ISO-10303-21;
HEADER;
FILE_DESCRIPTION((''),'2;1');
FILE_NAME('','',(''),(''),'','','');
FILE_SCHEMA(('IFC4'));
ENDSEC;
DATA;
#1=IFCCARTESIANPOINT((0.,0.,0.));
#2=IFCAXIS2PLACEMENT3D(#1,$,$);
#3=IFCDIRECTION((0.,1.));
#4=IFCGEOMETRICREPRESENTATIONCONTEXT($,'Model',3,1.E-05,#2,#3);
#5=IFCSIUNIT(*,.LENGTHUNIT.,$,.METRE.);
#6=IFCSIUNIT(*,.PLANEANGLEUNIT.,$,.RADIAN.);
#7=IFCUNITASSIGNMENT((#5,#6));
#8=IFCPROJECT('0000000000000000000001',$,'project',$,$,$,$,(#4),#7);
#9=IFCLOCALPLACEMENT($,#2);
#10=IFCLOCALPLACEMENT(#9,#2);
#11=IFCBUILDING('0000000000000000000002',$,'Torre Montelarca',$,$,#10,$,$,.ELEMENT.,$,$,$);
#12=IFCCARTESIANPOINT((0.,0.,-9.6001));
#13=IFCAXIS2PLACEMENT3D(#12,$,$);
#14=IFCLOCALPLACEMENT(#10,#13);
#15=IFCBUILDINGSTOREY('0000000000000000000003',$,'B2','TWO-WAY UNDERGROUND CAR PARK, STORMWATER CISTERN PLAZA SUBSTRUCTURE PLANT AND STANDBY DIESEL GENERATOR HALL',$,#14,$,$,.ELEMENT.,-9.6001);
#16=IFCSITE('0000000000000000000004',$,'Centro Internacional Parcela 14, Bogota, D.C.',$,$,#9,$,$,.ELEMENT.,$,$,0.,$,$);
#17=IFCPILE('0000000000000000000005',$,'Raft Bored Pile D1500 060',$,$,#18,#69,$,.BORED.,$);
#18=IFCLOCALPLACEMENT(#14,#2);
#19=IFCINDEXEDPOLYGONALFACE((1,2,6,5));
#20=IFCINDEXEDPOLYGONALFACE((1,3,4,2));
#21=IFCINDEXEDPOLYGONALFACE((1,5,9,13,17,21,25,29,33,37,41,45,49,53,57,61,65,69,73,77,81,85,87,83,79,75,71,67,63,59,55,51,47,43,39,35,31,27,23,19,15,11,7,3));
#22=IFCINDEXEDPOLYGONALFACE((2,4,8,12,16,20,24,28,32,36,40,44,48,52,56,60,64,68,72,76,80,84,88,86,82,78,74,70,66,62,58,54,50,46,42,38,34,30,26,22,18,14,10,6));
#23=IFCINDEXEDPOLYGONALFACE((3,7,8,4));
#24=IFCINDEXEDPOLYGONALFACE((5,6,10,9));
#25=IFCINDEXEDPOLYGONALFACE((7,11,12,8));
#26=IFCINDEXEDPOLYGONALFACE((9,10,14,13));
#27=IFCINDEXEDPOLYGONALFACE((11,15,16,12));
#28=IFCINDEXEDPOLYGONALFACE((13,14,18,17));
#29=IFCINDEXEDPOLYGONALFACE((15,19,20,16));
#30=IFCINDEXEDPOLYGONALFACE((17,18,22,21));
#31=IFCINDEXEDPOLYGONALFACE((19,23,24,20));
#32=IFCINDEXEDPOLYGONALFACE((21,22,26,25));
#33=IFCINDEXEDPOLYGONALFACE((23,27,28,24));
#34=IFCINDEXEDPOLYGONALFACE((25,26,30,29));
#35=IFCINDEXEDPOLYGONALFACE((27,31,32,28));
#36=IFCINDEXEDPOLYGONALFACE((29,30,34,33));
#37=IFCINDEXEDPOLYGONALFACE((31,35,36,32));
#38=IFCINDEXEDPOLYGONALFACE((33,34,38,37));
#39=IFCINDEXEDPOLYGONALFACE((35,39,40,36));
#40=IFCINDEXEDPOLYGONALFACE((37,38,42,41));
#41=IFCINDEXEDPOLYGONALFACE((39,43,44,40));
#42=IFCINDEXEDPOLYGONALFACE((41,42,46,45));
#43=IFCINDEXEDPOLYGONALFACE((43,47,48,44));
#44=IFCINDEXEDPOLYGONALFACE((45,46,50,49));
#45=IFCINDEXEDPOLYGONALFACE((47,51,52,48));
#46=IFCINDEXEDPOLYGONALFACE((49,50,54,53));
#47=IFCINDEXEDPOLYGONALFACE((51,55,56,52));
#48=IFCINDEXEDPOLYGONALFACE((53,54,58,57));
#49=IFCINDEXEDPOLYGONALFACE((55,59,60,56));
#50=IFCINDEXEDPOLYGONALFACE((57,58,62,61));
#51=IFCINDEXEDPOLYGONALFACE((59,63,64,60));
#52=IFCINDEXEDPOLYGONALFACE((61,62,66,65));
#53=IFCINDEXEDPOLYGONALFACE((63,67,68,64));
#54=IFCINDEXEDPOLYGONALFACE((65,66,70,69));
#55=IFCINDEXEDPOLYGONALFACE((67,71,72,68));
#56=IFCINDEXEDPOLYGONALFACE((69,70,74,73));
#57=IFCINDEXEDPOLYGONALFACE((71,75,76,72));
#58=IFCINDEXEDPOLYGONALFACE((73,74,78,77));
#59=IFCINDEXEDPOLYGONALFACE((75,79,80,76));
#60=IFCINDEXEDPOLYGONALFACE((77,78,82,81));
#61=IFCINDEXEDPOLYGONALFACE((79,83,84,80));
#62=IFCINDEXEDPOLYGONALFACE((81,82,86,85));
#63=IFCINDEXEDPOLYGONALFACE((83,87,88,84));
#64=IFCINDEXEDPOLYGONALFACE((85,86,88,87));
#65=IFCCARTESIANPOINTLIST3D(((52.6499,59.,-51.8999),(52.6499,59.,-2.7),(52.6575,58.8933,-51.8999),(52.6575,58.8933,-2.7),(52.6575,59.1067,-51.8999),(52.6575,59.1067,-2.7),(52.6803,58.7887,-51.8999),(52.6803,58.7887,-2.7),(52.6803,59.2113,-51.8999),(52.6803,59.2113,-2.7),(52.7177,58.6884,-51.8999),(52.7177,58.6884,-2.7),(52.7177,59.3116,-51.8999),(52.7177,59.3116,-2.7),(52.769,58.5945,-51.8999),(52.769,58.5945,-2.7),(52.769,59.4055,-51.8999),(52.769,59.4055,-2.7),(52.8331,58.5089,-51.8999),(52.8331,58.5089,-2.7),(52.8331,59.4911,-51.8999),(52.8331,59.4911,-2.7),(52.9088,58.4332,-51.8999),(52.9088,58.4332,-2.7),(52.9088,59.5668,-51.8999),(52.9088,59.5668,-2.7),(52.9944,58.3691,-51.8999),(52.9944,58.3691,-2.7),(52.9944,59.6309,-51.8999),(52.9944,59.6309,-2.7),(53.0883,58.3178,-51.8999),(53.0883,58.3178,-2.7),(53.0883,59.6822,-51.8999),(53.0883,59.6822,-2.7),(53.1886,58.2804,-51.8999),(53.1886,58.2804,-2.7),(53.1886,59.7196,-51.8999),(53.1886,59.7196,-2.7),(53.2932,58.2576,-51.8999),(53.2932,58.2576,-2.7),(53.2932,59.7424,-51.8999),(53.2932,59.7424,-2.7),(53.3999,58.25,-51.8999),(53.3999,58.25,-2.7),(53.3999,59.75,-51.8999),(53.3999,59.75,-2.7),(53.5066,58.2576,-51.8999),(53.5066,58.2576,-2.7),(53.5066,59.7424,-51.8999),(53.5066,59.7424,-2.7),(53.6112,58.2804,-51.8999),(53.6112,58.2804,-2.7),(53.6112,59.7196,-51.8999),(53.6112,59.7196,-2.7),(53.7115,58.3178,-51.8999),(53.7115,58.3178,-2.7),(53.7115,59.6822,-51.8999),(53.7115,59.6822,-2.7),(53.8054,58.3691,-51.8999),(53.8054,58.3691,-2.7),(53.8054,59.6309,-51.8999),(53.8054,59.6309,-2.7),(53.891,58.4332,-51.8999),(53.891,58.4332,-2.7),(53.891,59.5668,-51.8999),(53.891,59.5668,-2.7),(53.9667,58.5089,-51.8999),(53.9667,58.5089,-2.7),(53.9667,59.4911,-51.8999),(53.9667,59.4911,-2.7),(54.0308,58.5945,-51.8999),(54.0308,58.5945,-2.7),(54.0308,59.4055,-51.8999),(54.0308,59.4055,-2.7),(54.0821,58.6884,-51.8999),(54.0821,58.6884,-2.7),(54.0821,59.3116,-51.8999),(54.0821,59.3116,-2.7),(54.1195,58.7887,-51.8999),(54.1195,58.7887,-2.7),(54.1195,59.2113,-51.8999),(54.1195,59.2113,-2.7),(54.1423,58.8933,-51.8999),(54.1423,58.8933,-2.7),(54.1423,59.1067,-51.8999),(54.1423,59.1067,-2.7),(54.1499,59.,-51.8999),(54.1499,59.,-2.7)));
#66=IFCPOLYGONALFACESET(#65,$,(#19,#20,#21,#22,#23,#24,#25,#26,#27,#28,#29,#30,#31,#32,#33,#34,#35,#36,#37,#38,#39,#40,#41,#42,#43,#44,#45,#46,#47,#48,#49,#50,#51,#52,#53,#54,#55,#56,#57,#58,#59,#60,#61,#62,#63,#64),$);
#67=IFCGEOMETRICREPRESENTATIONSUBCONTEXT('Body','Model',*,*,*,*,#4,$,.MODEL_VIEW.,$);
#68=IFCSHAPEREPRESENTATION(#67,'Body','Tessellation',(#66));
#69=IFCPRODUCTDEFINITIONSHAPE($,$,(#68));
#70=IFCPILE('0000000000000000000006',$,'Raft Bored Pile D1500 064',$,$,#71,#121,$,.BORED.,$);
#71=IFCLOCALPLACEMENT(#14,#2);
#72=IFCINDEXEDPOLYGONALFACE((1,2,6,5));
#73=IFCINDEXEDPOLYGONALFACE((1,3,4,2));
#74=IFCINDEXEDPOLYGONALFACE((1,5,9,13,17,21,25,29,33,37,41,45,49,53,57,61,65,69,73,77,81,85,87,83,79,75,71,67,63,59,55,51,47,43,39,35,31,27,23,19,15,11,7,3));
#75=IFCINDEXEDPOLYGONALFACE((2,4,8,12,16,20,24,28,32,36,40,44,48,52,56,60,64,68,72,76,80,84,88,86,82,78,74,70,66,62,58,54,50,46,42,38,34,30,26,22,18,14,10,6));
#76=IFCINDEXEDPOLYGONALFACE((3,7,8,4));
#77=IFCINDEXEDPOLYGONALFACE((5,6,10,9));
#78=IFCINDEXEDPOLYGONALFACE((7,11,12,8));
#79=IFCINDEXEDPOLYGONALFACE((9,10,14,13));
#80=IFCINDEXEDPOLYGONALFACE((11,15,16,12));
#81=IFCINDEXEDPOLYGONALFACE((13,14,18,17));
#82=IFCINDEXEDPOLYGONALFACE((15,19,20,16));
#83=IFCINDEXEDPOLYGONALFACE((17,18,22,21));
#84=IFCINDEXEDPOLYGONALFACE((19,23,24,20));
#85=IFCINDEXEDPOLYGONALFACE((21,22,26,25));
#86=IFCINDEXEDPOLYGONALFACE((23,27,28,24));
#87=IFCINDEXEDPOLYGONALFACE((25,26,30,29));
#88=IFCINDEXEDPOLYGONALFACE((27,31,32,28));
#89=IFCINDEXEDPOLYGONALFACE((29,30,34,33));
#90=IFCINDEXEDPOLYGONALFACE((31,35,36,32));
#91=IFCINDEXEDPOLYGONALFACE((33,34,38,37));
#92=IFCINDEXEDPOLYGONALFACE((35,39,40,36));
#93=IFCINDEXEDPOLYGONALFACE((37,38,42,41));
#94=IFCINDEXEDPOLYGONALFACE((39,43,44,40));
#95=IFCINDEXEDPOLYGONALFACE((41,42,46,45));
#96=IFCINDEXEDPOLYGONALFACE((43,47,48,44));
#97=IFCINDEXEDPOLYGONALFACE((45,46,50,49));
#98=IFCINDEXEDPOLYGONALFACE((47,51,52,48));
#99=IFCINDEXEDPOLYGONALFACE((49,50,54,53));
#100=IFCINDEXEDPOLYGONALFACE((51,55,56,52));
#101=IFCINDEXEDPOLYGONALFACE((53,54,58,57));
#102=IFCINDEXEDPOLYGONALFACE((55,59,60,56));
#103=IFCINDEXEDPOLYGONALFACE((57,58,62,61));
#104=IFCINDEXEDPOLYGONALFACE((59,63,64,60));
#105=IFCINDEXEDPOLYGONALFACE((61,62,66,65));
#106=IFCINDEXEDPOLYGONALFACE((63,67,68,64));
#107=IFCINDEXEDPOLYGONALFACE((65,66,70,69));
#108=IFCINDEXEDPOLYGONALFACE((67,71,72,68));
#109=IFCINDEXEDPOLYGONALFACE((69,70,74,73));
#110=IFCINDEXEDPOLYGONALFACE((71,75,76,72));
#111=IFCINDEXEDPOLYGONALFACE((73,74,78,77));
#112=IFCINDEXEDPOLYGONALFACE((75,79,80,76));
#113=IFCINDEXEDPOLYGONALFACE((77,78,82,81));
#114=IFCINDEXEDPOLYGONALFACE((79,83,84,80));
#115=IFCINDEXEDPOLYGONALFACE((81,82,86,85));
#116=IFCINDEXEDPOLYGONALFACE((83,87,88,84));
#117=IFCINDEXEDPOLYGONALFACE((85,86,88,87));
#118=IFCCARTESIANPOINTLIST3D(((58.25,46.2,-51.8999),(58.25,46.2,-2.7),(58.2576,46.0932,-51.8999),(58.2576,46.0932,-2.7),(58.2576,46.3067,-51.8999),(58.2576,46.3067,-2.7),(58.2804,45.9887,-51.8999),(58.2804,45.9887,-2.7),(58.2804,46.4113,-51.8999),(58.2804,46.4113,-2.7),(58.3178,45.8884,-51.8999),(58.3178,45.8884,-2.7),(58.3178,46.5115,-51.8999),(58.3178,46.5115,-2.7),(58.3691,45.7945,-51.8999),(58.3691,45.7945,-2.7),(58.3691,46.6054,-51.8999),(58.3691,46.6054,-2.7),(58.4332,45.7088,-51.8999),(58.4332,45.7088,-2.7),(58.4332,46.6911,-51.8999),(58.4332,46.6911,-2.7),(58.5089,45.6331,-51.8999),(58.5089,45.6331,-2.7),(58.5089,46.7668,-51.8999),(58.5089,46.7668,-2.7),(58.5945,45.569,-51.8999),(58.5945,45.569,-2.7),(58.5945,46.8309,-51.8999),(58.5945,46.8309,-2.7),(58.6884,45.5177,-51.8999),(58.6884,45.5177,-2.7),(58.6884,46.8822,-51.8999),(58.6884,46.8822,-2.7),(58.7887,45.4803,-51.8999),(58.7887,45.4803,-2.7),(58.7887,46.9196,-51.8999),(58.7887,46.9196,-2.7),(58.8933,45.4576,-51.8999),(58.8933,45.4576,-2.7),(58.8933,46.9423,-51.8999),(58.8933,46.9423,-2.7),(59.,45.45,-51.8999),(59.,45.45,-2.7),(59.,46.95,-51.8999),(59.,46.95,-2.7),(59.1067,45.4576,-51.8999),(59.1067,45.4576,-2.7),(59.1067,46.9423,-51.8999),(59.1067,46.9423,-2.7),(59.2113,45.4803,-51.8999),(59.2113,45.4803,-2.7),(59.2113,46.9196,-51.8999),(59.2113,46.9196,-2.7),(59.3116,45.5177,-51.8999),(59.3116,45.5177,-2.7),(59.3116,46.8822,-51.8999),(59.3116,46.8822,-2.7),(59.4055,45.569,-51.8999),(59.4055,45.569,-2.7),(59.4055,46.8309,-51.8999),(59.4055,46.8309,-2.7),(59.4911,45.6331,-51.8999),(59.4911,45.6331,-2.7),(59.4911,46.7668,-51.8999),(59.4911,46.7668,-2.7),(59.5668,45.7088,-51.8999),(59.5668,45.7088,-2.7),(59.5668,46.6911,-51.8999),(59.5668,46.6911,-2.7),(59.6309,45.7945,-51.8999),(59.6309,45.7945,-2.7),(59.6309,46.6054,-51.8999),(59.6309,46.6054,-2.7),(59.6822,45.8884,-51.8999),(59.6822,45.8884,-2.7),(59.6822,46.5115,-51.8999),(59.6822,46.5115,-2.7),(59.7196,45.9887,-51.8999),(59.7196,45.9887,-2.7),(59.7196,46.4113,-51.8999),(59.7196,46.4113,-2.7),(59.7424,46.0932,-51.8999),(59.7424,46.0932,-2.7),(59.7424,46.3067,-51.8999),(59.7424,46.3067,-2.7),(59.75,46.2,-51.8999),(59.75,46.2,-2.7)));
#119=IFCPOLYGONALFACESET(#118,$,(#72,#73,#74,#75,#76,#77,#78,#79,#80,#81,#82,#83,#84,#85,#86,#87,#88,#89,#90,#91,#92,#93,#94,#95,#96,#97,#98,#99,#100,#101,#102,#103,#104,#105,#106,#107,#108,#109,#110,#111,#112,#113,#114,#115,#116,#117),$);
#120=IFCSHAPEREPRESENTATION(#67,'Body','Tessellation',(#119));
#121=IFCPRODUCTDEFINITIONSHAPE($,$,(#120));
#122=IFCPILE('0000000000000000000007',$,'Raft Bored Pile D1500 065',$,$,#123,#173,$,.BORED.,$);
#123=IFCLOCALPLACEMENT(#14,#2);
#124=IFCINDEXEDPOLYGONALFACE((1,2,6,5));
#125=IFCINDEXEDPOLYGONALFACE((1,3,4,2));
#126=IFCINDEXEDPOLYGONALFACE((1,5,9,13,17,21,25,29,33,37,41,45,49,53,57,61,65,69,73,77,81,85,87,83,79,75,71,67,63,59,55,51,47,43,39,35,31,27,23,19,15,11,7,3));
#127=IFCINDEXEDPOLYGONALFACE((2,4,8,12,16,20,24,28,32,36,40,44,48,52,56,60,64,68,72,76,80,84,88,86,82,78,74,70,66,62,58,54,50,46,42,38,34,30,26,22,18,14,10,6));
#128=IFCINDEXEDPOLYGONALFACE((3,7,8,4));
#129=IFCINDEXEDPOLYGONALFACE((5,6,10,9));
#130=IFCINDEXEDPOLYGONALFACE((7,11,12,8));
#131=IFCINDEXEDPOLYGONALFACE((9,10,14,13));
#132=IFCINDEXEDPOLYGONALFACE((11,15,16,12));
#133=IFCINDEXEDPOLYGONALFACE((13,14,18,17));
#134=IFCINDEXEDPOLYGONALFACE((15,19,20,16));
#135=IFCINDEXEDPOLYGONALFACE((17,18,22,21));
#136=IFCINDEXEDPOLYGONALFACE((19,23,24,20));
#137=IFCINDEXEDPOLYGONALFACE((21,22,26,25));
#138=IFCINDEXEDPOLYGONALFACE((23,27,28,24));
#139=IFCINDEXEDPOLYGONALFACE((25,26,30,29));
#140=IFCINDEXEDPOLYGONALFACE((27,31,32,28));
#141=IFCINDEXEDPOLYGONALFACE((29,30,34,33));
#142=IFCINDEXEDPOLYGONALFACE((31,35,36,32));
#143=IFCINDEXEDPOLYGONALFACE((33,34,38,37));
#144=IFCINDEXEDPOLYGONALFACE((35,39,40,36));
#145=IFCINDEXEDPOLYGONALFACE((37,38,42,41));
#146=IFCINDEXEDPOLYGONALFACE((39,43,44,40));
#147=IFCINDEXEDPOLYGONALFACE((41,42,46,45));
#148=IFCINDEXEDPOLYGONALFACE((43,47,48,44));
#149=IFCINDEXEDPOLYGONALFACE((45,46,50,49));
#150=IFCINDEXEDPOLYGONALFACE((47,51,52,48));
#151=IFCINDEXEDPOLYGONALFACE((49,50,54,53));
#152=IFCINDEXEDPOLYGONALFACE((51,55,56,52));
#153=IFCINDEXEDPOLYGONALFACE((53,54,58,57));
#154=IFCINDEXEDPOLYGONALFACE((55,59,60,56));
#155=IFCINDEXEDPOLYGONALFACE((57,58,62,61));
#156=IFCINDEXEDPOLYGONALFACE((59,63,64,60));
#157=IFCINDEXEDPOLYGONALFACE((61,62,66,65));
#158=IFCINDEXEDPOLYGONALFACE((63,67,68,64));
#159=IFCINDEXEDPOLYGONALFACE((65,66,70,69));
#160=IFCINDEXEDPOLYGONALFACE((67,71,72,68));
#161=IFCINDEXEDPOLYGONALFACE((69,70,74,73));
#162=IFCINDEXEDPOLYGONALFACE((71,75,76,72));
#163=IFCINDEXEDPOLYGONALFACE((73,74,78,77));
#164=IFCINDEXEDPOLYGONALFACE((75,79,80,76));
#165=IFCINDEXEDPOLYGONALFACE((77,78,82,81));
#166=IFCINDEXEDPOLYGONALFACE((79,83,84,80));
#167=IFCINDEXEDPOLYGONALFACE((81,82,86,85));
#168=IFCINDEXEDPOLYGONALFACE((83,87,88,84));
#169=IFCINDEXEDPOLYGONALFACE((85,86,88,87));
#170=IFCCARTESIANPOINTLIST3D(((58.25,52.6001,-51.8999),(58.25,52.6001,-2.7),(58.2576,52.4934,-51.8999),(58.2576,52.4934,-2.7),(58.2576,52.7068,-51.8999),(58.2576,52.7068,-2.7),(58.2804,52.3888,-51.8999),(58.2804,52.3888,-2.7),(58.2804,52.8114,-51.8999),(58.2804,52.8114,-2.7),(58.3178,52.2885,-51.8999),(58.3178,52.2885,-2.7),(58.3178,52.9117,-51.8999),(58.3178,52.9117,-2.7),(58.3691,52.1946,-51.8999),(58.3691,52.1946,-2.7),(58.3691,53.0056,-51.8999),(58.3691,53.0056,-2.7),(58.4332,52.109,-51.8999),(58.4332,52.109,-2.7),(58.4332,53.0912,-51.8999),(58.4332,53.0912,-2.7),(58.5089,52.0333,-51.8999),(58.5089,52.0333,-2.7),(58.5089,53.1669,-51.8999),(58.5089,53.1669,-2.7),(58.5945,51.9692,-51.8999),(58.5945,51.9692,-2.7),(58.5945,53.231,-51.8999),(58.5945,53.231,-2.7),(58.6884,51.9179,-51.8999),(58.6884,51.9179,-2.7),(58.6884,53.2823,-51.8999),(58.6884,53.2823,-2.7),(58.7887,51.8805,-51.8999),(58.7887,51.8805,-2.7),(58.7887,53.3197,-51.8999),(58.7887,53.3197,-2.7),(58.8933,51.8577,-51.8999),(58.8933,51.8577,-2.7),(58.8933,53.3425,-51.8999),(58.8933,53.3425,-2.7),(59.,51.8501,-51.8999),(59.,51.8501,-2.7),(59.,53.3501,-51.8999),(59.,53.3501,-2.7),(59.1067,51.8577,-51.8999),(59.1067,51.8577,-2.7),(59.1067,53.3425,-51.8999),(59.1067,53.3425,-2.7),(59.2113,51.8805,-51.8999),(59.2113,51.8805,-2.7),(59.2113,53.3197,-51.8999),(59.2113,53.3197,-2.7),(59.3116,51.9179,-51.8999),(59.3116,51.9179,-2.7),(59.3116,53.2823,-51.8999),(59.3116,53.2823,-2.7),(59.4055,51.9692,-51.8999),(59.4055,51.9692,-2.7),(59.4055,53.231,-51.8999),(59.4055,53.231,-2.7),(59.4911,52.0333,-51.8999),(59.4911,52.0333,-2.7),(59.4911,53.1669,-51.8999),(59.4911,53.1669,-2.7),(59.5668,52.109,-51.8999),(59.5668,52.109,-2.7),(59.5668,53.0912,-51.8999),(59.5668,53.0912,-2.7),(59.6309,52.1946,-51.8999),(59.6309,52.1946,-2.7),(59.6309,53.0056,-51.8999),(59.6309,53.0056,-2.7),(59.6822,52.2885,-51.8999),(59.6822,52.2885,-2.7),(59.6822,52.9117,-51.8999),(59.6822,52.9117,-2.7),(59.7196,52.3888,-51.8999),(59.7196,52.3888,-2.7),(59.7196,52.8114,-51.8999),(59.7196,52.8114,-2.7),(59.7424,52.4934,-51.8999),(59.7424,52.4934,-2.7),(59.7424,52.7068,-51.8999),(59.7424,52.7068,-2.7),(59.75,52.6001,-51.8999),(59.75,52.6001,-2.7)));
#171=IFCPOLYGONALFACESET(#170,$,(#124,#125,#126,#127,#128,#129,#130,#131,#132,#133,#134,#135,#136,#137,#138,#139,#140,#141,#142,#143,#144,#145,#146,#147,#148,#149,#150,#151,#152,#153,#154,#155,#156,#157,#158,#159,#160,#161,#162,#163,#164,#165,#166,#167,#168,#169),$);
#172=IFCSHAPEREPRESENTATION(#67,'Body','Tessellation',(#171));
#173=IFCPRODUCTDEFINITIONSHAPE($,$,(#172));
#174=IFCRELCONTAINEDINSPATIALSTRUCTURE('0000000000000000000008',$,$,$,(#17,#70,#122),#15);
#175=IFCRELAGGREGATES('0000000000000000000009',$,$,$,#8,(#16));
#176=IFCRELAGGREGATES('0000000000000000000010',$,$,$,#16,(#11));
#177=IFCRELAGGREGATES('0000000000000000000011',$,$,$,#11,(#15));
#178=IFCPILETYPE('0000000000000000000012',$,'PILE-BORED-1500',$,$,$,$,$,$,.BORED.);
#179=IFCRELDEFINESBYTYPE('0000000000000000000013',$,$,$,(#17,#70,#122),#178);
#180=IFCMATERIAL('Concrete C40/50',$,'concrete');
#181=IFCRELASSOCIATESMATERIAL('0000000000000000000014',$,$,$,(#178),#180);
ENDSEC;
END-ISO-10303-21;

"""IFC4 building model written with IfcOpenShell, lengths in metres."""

from ifc_helpers import new_model, si_unit, direction, frame, origin, origin_2d, place, context, subcontext, project, spatial, circle, extrude, source, transform, mapped, material, material_profile, profile_set, type_object, element, save


model = new_model("IFC4")

# Units and contexts
model_context = context("Model", 3, precision=1e-05, world=origin(), true_north=direction((0.0, 1.0)))
body_context = subcontext(model_context, "Body", "Model", "MODEL_VIEW")
ifc_project = project(units=[si_unit("LENGTHUNIT", "METRE"), si_unit("PLANEANGLEUNIT", "RADIAN")], contexts=[model_context])

# Site, building, storey
site_placement = place(None, origin())
site = spatial("IfcSite", under=ifc_project, at=site_placement, Name="Centro Internacional Parcela 14, Bogota, D.C.", CompositionType="ELEMENT", RefElevation=0.0)
building_placement = place(site_placement, origin())
building = spatial("IfcBuilding", under=site, at=building_placement, Name="Torre Montelarca", CompositionType="ELEMENT")
storey_placement = place(building_placement, frame((0.0, 0.0, -9.6001)))
storey = spatial("IfcBuildingStorey", under=building, at=storey_placement, Name="B2", Description="TWO-WAY UNDERGROUND CAR PARK, STORMWATER CISTERN PLAZA SUBSTRUCTURE PLANT AND STANDBY DIESEL GENERATOR HALL", CompositionType="ELEMENT", Elevation=-9.6001)

# Piles
ifc_material_1 = material(Name="Concrete C40/50", Category="concrete")
ifc_material_profile_1 = material_profile(ifc_material_1, circle(Radius=0.75, at=origin_2d()), Name="PILE-D1500", Category="concrete")
ifc_profile_set_1 = profile_set([ifc_material_profile_1], Name="Concrete C40/50")
pile_type = type_object("IfcPileType", Name="PILE-BORED-1500", PredefinedType="BORED", material=ifc_profile_set_1)
shared_shape_1 = source(origin(), body_context, "Body", "SweptSolid", [
    extrude(circle(Radius=0.75, at=origin_2d()), origin(), (0.0, 0.0, 1.0), 49.2),
])
for number, where, z_axis, x_axis, name in (
    (1, (53.3999, 59.0, -2.7), (0.0, 0.0, -1.0), (1.0, 0.0, 0.0), "Raft Bored Pile D1500 060"),
    (2, (59.0, 46.2, -2.7), (0.0, 0.0, -1.0), (1.0, 0.0, 0.0), "Raft Bored Pile D1500 064"),
    (3, (59.0, 52.6001, -2.7), (0.0, 0.0, -1.0), (1.0, 0.0, 0.0), "Raft Bored Pile D1500 065"),
):
    element("IfcPile", number, at=place(storey_placement, frame(where, z_axis=z_axis, x_axis=x_axis)), inside=storey, type_object=pile_type, Name=name, PredefinedType="BORED", context=body_context, shape_type="MappedRepresentation", body=[
        mapped(shared_shape_1, transform((0.0, 0.0, 0.0), scale=1.0)),
    ])

save(model, "model.ifc")
